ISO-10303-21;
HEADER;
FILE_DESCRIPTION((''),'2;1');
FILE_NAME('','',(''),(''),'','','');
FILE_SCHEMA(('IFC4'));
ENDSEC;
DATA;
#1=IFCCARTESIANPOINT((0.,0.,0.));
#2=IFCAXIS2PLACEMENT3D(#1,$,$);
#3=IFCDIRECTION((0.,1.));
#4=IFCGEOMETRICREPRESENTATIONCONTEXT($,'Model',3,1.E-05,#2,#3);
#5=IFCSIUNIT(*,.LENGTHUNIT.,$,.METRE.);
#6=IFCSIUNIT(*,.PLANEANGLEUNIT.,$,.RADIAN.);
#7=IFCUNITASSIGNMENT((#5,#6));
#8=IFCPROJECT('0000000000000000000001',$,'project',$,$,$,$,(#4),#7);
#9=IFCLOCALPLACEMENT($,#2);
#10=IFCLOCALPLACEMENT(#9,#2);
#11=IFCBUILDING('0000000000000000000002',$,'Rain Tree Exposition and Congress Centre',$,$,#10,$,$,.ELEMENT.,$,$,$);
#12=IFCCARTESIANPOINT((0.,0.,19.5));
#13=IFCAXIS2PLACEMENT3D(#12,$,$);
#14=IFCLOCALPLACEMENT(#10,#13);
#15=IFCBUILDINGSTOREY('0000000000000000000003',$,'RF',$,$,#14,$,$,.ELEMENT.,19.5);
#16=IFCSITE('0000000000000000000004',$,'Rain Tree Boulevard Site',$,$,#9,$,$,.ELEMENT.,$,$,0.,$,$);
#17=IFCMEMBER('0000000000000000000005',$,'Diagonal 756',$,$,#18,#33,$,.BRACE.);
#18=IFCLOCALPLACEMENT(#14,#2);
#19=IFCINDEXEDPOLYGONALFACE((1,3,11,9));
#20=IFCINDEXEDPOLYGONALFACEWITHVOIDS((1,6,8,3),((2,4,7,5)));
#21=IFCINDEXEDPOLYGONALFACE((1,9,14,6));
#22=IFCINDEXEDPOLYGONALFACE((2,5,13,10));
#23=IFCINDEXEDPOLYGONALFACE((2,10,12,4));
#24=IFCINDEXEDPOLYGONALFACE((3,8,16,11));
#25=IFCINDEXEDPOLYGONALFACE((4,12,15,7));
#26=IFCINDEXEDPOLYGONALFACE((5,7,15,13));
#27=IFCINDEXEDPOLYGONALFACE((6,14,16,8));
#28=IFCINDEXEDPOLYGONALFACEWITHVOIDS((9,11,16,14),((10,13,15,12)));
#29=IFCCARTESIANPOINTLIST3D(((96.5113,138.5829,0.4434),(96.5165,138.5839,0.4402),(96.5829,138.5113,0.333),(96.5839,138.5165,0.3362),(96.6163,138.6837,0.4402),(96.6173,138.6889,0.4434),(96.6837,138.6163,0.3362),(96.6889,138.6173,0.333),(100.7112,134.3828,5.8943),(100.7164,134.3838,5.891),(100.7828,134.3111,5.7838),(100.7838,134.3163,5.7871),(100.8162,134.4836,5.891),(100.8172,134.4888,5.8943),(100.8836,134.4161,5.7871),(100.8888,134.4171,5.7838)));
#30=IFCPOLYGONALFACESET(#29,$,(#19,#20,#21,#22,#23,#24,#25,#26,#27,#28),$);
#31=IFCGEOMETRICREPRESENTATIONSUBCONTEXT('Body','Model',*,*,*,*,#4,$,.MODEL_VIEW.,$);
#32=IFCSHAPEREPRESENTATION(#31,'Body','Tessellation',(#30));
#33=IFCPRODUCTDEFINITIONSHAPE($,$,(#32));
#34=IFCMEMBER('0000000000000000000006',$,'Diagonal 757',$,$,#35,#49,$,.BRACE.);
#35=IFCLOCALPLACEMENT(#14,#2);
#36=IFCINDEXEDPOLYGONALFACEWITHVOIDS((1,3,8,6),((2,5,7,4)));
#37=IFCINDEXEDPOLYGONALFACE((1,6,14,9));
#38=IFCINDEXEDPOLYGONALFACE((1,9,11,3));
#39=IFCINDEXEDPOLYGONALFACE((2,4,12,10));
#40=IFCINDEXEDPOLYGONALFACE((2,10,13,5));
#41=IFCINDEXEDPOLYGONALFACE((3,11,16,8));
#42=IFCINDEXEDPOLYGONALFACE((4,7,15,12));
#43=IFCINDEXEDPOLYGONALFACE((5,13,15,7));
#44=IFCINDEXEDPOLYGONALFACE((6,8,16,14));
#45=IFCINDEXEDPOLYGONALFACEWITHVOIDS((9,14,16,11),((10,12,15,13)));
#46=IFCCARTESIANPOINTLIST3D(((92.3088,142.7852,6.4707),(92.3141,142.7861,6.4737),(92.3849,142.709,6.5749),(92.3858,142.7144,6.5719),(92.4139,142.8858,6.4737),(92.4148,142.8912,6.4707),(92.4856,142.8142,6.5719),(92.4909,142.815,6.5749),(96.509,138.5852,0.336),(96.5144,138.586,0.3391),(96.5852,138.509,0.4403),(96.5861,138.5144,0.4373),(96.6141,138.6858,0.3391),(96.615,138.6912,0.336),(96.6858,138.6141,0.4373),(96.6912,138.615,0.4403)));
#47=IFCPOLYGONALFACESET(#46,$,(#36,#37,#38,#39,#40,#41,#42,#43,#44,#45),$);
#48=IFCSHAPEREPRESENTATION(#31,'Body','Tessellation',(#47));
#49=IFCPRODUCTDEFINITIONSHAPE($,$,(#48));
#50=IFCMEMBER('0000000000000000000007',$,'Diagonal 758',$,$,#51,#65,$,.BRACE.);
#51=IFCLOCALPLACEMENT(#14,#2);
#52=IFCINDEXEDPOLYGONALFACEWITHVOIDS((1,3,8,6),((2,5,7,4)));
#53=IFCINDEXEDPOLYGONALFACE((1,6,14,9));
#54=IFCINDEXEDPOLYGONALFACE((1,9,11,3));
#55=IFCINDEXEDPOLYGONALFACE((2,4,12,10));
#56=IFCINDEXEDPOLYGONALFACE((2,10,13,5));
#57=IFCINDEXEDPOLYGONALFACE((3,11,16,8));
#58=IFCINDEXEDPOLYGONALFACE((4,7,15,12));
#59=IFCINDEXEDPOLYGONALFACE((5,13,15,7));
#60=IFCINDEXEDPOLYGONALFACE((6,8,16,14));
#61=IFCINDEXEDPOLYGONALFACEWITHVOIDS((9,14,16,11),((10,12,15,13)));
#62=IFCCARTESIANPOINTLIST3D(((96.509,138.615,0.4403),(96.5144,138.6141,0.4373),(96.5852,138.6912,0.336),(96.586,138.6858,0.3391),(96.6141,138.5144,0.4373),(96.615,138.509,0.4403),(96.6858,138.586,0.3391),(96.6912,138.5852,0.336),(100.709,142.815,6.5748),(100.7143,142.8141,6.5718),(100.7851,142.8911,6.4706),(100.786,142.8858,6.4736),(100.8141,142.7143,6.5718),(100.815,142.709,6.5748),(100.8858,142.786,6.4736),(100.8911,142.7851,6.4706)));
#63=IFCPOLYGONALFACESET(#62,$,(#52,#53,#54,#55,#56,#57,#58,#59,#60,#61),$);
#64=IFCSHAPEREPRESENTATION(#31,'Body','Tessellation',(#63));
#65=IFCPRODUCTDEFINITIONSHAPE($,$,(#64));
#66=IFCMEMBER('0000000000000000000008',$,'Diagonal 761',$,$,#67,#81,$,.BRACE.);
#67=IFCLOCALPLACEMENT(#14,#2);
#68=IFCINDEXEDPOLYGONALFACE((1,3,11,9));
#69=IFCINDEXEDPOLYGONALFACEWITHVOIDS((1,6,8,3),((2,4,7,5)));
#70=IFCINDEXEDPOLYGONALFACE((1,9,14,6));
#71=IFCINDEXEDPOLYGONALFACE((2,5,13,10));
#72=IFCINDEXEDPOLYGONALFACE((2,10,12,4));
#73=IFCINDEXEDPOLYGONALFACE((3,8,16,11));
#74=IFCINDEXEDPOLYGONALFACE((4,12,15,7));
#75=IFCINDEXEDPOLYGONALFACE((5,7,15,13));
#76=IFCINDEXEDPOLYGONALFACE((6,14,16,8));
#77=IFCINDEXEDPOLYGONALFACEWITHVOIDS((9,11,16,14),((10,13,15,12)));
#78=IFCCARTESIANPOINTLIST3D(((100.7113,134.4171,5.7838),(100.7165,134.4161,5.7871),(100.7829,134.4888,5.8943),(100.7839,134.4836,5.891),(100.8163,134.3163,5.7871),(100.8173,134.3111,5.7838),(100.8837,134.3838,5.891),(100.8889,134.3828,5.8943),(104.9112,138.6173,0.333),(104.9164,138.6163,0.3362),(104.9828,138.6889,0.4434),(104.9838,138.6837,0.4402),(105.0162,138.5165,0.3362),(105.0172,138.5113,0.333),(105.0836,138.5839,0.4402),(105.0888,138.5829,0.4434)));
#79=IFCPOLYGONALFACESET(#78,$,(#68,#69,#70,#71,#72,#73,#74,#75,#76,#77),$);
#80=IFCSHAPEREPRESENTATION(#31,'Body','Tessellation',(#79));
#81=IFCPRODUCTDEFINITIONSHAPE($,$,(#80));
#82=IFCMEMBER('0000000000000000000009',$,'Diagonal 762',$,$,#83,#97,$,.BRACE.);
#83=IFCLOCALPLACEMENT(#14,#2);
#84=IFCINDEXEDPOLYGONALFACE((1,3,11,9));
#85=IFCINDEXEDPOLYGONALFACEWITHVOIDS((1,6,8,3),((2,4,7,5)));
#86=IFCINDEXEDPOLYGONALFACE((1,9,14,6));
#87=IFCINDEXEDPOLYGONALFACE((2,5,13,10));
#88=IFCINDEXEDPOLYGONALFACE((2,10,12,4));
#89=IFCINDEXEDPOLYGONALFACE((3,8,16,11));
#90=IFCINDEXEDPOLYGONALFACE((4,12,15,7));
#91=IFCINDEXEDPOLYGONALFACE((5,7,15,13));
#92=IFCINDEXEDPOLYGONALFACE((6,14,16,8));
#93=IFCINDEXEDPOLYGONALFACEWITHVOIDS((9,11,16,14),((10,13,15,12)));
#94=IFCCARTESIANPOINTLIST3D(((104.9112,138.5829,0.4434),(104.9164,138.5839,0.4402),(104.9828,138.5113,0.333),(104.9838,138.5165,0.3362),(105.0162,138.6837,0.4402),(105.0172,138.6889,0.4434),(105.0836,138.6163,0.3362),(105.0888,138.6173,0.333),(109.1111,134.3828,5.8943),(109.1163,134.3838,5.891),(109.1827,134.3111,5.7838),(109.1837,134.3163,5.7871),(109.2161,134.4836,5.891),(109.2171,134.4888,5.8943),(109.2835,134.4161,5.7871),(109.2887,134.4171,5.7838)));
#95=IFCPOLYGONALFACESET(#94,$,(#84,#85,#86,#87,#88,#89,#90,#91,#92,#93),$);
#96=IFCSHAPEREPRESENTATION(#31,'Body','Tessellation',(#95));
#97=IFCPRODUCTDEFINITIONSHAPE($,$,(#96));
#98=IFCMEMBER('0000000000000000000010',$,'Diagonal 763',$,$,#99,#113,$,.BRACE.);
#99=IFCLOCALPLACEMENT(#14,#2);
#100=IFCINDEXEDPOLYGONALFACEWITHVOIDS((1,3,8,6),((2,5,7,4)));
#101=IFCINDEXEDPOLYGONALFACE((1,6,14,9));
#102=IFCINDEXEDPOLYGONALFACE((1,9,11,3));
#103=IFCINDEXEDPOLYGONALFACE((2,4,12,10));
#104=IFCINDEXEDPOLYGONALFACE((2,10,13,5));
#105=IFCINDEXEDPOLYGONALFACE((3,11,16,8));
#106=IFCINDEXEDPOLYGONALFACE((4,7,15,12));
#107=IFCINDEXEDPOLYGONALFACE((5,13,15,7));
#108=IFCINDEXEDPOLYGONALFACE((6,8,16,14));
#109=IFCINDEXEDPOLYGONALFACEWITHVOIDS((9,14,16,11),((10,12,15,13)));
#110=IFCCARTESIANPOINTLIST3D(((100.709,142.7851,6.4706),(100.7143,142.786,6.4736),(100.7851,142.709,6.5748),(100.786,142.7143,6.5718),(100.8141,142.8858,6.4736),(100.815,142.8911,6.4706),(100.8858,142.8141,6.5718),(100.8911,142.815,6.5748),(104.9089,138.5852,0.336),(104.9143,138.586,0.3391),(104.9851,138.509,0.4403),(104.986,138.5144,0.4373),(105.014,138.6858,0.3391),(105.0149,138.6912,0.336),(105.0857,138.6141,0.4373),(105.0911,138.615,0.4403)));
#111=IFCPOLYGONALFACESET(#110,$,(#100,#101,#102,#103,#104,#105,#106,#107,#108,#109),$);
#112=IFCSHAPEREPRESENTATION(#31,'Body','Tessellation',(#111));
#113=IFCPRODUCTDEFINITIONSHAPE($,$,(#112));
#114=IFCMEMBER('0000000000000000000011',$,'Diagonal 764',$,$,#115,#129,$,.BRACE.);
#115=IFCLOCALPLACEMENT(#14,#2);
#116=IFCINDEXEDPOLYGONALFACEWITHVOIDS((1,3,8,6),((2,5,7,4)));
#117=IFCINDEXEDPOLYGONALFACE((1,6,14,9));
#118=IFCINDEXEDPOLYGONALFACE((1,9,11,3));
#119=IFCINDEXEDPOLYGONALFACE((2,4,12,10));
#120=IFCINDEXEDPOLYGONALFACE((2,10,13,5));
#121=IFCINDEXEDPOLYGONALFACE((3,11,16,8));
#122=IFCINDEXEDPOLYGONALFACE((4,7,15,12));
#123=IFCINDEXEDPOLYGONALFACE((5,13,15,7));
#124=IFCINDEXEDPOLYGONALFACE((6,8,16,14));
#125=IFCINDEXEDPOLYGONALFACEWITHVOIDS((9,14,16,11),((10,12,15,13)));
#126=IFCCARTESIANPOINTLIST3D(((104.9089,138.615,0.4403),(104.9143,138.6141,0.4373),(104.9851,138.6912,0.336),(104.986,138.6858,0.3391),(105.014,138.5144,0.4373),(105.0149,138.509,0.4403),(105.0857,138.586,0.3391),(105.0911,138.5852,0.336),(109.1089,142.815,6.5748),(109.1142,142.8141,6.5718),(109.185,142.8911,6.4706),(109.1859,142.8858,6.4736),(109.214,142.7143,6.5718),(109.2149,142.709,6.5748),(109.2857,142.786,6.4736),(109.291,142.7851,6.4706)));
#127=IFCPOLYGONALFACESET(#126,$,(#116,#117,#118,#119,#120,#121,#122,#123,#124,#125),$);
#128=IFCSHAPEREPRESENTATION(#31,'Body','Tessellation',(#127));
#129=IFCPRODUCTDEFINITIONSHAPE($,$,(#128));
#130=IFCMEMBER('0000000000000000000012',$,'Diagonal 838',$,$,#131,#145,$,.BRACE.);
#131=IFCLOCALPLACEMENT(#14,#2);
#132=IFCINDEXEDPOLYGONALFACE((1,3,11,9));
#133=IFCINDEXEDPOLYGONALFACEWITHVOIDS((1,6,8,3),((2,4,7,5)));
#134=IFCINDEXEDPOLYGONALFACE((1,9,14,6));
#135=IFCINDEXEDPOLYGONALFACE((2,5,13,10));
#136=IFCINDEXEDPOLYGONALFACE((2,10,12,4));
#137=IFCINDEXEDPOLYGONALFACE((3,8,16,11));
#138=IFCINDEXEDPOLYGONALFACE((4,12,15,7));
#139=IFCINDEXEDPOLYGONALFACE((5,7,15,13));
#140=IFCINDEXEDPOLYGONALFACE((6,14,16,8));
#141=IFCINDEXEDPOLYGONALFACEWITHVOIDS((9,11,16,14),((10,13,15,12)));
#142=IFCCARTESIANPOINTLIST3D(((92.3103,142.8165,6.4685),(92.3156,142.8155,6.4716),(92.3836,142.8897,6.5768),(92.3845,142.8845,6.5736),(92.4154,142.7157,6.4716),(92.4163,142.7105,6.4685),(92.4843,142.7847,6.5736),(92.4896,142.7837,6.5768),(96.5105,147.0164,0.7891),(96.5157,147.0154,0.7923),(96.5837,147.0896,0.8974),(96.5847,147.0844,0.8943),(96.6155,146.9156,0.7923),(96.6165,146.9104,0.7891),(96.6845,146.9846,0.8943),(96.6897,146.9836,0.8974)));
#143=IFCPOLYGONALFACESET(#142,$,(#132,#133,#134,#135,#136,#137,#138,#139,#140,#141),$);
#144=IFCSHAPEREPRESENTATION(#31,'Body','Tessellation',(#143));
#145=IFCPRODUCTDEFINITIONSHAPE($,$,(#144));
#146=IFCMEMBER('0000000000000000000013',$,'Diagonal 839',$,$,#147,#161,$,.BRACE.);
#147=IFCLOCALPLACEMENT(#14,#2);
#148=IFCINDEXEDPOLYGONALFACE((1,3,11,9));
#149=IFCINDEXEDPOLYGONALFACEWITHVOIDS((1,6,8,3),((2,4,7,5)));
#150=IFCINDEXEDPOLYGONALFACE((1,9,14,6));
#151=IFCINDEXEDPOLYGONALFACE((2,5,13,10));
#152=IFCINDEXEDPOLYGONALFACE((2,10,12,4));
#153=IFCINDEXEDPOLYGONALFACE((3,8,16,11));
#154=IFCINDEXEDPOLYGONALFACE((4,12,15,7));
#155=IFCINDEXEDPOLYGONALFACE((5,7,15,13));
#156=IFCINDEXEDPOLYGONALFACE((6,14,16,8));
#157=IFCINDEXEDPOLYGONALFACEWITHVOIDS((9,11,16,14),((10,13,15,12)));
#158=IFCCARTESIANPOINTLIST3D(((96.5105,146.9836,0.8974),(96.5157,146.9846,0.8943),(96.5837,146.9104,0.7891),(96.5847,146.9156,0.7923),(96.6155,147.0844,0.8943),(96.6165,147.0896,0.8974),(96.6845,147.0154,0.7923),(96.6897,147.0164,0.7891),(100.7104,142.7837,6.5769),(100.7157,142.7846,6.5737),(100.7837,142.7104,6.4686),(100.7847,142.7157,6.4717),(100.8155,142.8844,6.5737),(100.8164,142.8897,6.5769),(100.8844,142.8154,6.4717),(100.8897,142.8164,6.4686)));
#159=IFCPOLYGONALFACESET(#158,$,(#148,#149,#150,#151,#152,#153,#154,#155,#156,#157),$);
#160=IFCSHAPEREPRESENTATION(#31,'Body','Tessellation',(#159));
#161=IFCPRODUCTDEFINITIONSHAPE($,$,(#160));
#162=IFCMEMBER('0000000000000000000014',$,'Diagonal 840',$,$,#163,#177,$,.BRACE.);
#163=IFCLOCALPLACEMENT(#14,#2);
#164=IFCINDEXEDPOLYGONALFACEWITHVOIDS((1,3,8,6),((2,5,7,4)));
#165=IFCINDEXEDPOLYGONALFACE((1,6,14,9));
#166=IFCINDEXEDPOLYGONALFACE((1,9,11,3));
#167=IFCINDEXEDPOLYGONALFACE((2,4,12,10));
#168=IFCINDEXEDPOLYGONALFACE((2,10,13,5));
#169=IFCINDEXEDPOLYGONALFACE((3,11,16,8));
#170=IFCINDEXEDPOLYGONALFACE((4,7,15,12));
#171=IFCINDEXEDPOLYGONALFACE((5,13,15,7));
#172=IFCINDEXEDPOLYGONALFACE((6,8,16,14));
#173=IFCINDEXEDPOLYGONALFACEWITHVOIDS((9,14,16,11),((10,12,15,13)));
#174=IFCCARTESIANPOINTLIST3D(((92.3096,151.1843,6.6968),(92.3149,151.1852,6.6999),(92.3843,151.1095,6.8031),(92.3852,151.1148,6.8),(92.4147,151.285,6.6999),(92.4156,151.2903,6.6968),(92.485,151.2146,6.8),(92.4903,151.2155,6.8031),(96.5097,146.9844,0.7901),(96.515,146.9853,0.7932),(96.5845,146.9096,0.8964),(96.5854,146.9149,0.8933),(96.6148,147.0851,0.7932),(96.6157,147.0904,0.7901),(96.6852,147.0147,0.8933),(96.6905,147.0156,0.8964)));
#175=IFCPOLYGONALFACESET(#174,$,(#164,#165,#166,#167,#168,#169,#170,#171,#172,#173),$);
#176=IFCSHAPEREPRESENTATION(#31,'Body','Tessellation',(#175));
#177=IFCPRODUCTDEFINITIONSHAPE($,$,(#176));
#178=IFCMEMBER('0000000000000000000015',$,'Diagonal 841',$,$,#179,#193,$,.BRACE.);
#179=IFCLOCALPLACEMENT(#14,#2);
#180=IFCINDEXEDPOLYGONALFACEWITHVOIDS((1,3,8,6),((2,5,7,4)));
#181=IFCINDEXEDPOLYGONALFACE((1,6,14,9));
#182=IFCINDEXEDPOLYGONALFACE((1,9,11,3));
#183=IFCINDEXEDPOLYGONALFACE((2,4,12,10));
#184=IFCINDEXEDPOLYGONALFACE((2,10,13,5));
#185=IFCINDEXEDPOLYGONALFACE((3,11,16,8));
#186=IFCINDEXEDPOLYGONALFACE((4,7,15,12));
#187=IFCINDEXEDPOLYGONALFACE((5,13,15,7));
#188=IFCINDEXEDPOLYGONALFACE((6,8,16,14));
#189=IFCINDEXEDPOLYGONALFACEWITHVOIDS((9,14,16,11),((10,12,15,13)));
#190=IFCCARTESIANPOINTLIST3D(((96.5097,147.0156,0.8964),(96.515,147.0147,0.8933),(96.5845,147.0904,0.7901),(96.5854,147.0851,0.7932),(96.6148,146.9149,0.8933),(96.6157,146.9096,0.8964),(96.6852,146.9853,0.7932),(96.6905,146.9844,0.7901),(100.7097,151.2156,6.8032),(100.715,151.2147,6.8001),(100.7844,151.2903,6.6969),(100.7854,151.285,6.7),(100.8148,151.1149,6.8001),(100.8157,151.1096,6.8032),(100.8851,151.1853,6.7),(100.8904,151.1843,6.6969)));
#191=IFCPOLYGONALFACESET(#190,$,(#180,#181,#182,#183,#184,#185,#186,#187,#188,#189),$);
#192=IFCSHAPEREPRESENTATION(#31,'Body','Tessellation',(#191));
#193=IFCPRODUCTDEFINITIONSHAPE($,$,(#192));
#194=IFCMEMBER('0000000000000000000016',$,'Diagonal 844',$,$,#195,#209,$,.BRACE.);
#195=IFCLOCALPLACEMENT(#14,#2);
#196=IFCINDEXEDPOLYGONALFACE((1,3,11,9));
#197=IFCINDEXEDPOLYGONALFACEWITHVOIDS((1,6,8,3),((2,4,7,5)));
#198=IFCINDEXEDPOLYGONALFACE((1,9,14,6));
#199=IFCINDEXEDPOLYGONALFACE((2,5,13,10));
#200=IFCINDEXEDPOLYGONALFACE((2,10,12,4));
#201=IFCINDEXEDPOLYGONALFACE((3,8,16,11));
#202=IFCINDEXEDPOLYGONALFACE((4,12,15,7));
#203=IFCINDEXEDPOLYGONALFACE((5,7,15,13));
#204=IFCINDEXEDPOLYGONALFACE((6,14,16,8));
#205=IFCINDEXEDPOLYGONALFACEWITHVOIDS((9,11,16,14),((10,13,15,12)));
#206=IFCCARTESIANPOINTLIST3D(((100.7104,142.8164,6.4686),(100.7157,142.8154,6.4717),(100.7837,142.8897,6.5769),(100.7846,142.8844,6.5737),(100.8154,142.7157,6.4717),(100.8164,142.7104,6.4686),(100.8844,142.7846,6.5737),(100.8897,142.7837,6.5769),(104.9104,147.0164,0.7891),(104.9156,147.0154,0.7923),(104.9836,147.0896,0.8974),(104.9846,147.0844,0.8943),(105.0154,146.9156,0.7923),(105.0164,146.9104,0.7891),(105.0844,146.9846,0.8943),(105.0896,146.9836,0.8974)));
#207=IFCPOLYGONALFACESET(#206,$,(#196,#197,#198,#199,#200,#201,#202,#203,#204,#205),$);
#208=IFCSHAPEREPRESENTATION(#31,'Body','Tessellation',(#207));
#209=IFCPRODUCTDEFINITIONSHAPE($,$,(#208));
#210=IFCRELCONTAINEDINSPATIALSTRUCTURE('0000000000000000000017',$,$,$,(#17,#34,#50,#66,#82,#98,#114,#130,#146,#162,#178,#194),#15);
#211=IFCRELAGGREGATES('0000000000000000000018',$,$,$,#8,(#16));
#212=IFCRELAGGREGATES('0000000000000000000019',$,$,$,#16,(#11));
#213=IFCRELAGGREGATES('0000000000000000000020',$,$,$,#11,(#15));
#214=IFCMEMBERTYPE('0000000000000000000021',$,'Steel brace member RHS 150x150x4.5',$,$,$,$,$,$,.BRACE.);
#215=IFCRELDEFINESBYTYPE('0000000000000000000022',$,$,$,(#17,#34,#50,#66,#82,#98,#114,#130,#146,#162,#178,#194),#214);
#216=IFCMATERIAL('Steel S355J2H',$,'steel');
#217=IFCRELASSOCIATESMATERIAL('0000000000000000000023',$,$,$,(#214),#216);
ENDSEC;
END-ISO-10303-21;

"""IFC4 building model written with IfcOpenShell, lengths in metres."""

from ifc_helpers import new_model, si_unit, direction, frame, origin, origin_2d, place, context, subcontext, project, spatial, hollow_rectangle, extrude, material, material_profile, profile_set, type_object, element, save


model = new_model("IFC4")

# Units and contexts
model_context = context("Model", 3, precision=1e-05, world=origin(), true_north=direction((0.0, 1.0)))
body_context = subcontext(model_context, "Body", "Model", "MODEL_VIEW")
ifc_project = project(units=[si_unit("LENGTHUNIT", "METRE"), si_unit("PLANEANGLEUNIT", "RADIAN")], contexts=[model_context])

# Site, building, storey
site_placement = place(None, origin())
site = spatial("IfcSite", under=ifc_project, at=site_placement, Name="Rain Tree Boulevard Site", CompositionType="ELEMENT", RefElevation=0.0)
building_placement = place(site_placement, origin())
building = spatial("IfcBuilding", under=site, at=building_placement, Name="Rain Tree Exposition and Congress Centre", CompositionType="ELEMENT")
storey_placement = place(building_placement, frame((0.0, 0.0, 19.5)))
storey = spatial("IfcBuildingStorey", under=building, at=storey_placement, Name="RF", CompositionType="ELEMENT", Elevation=19.5)

# Members
ifc_material_1 = material(Name="Steel S355J2H", Category="steel")
ifc_material_profile_1 = material_profile(ifc_material_1, hollow_rectangle(XDim=0.1499, YDim=0.1499, WallThickness=0.0044, at=origin_2d()), Name="RHS 150x150x4.5")
ifc_profile_set_1 = profile_set([ifc_material_profile_1], Name="Steel S355J2H")
member_type_1 = type_object("IfcMemberType", Name="Steel brace member RHS 150x150x4.5", PredefinedType="BRACE", material=ifc_profile_set_1)
member_1_placement = place(storey_placement, frame((96.6001, 138.6001, 0.3882), z_axis=(0.520965, -0.520995, 0.676136), x_axis=(0.707127, 0.707086, 0.0)))
element("IfcMember", 1, at=member_1_placement, inside=storey, type_object=member_type_1, Name="Diagonal 756", PredefinedType="BRACE", context=body_context, shape_type="SweptSolid", body=[
    extrude(hollow_rectangle(XDim=0.1499, YDim=0.1499, WallThickness=0.0044, at=origin_2d()), origin(), (0.0, 0.0, 1.0), 8.0618),
])
member_2_placement = place(storey_placement, frame((96.6001, 138.6001, 0.3882), z_axis=(-0.491887, 0.491858, 0.718417), x_axis=(-0.707086, -0.707127, 0.0)))
element("IfcMember", 2, at=member_2_placement, inside=storey, type_object=member_type_1, Name="Diagonal 757", PredefinedType="BRACE", context=body_context, shape_type="SweptSolid", body=[
    extrude(hollow_rectangle(XDim=0.1499, YDim=0.1499, WallThickness=0.0044, at=origin_2d()), origin(), (0.0, 0.0, 1.0), 8.5391),
])
member_3_placement = place(storey_placement, frame((96.6001, 138.6001, 0.3882), z_axis=(0.491865, 0.491865, 0.718427), x_axis=(-0.707107, 0.707107, 0.0)))
element("IfcMember", 3, at=member_3_placement, inside=storey, type_object=member_type_1, Name="Diagonal 758", PredefinedType="BRACE", context=body_context, shape_type="SweptSolid", body=[
    extrude(hollow_rectangle(XDim=0.1499, YDim=0.1499, WallThickness=0.0044, at=origin_2d()), origin(), (0.0, 0.0, 1.0), 8.5388),
])
for number, where, z_axis, x_axis, name in (
    (4, (105.0, 138.6001, 0.3882), (-0.520965, -0.520995, 0.676136), (0.707127, -0.707086, 0.0), "Diagonal 761"),
    (5, (105.0, 138.6001, 0.3882), (0.520965, -0.520995, 0.676136), (0.707127, 0.707086, 0.0), "Diagonal 762"),
):
    element("IfcMember", number, at=place(storey_placement, frame(where, z_axis=z_axis, x_axis=x_axis)), inside=storey, type_object=member_type_1, Name=name, PredefinedType="BRACE", context=body_context, shape_type="SweptSolid", body=[
        extrude(hollow_rectangle(XDim=0.1499, YDim=0.1499, WallThickness=0.0044, at=origin_2d()), origin(), (0.0, 0.0, 1.0), 8.0618),
    ])
for number, where, z_axis, x_axis, name in (
    (6, (105.0, 138.6001, 0.3882), (-0.491865, 0.491865, 0.718427), (-0.707107, -0.707107, 0.0), "Diagonal 763"),
    (7, (105.0, 138.6001, 0.3882), (0.491865, 0.491865, 0.718427), (-0.707107, 0.707107, 0.0), "Diagonal 764"),
):
    element("IfcMember", number, at=place(storey_placement, frame(where, z_axis=z_axis, x_axis=x_axis)), inside=storey, type_object=member_type_1, Name=name, PredefinedType="BRACE", context=body_context, shape_type="SweptSolid", body=[
        extrude(hollow_rectangle(XDim=0.1499, YDim=0.1499, WallThickness=0.0044, at=origin_2d()), origin(), (0.0, 0.0, 1.0), 8.5388),
    ])
for number, where, z_axis, x_axis, name in (
    (8, (96.6001, 147.0, 0.8433), (-0.51109, -0.511061, 0.691089), (0.707086, -0.707127, 0.0), "Diagonal 838"),
    (9, (96.6001, 147.0, 0.8433), (0.511068, -0.511068, 0.691099), (0.707107, 0.707107, 0.0), "Diagonal 839"),
):
    element("IfcMember", number, at=place(storey_placement, frame(where, z_axis=z_axis, x_axis=x_axis)), inside=storey, type_object=member_type_1, Name=name, PredefinedType="BRACE", context=body_context, shape_type="SweptSolid", body=[
        extrude(hollow_rectangle(XDim=0.1499, YDim=0.1499, WallThickness=0.0044, at=origin_2d()), origin(), (0.0, 0.0, 1.0), 8.218),
    ])
for number, where, z_axis, x_axis, name in (
    (10, (96.6001, 147.0, 0.8433), (-0.501408, 0.501379, 0.705131), (-0.707086, -0.707127, 0.0), "Diagonal 840"),
    (11, (96.6001, 147.0, 0.8433), (0.501386, 0.501386, 0.705141), (-0.707107, 0.707107, 0.0), "Diagonal 841"),
):
    element("IfcMember", number, at=place(storey_placement, frame(where, z_axis=z_axis, x_axis=x_axis)), inside=storey, type_object=member_type_1, Name=name, PredefinedType="BRACE", context=body_context, shape_type="SweptSolid", body=[
        extrude(hollow_rectangle(XDim=0.1499, YDim=0.1499, WallThickness=0.0044, at=origin_2d()), origin(), (0.0, 0.0, 1.0), 8.3767),
    ])
for number, where, z_axis, x_axis, name in (
    (12, (105.0, 147.0, 0.8433), (-0.511068, -0.511068, 0.691099), (0.707107, -0.707107, 0.0), "Diagonal 844"),
):
    element("IfcMember", number, at=place(storey_placement, frame(where, z_axis=z_axis, x_axis=x_axis)), inside=storey, type_object=member_type_1, Name=name, PredefinedType="BRACE", context=body_context, shape_type="SweptSolid", body=[
        extrude(hollow_rectangle(XDim=0.1499, YDim=0.1499, WallThickness=0.0044, at=origin_2d()), origin(), (0.0, 0.0, 1.0), 8.218),
    ])

save(model, "model.ifc")
